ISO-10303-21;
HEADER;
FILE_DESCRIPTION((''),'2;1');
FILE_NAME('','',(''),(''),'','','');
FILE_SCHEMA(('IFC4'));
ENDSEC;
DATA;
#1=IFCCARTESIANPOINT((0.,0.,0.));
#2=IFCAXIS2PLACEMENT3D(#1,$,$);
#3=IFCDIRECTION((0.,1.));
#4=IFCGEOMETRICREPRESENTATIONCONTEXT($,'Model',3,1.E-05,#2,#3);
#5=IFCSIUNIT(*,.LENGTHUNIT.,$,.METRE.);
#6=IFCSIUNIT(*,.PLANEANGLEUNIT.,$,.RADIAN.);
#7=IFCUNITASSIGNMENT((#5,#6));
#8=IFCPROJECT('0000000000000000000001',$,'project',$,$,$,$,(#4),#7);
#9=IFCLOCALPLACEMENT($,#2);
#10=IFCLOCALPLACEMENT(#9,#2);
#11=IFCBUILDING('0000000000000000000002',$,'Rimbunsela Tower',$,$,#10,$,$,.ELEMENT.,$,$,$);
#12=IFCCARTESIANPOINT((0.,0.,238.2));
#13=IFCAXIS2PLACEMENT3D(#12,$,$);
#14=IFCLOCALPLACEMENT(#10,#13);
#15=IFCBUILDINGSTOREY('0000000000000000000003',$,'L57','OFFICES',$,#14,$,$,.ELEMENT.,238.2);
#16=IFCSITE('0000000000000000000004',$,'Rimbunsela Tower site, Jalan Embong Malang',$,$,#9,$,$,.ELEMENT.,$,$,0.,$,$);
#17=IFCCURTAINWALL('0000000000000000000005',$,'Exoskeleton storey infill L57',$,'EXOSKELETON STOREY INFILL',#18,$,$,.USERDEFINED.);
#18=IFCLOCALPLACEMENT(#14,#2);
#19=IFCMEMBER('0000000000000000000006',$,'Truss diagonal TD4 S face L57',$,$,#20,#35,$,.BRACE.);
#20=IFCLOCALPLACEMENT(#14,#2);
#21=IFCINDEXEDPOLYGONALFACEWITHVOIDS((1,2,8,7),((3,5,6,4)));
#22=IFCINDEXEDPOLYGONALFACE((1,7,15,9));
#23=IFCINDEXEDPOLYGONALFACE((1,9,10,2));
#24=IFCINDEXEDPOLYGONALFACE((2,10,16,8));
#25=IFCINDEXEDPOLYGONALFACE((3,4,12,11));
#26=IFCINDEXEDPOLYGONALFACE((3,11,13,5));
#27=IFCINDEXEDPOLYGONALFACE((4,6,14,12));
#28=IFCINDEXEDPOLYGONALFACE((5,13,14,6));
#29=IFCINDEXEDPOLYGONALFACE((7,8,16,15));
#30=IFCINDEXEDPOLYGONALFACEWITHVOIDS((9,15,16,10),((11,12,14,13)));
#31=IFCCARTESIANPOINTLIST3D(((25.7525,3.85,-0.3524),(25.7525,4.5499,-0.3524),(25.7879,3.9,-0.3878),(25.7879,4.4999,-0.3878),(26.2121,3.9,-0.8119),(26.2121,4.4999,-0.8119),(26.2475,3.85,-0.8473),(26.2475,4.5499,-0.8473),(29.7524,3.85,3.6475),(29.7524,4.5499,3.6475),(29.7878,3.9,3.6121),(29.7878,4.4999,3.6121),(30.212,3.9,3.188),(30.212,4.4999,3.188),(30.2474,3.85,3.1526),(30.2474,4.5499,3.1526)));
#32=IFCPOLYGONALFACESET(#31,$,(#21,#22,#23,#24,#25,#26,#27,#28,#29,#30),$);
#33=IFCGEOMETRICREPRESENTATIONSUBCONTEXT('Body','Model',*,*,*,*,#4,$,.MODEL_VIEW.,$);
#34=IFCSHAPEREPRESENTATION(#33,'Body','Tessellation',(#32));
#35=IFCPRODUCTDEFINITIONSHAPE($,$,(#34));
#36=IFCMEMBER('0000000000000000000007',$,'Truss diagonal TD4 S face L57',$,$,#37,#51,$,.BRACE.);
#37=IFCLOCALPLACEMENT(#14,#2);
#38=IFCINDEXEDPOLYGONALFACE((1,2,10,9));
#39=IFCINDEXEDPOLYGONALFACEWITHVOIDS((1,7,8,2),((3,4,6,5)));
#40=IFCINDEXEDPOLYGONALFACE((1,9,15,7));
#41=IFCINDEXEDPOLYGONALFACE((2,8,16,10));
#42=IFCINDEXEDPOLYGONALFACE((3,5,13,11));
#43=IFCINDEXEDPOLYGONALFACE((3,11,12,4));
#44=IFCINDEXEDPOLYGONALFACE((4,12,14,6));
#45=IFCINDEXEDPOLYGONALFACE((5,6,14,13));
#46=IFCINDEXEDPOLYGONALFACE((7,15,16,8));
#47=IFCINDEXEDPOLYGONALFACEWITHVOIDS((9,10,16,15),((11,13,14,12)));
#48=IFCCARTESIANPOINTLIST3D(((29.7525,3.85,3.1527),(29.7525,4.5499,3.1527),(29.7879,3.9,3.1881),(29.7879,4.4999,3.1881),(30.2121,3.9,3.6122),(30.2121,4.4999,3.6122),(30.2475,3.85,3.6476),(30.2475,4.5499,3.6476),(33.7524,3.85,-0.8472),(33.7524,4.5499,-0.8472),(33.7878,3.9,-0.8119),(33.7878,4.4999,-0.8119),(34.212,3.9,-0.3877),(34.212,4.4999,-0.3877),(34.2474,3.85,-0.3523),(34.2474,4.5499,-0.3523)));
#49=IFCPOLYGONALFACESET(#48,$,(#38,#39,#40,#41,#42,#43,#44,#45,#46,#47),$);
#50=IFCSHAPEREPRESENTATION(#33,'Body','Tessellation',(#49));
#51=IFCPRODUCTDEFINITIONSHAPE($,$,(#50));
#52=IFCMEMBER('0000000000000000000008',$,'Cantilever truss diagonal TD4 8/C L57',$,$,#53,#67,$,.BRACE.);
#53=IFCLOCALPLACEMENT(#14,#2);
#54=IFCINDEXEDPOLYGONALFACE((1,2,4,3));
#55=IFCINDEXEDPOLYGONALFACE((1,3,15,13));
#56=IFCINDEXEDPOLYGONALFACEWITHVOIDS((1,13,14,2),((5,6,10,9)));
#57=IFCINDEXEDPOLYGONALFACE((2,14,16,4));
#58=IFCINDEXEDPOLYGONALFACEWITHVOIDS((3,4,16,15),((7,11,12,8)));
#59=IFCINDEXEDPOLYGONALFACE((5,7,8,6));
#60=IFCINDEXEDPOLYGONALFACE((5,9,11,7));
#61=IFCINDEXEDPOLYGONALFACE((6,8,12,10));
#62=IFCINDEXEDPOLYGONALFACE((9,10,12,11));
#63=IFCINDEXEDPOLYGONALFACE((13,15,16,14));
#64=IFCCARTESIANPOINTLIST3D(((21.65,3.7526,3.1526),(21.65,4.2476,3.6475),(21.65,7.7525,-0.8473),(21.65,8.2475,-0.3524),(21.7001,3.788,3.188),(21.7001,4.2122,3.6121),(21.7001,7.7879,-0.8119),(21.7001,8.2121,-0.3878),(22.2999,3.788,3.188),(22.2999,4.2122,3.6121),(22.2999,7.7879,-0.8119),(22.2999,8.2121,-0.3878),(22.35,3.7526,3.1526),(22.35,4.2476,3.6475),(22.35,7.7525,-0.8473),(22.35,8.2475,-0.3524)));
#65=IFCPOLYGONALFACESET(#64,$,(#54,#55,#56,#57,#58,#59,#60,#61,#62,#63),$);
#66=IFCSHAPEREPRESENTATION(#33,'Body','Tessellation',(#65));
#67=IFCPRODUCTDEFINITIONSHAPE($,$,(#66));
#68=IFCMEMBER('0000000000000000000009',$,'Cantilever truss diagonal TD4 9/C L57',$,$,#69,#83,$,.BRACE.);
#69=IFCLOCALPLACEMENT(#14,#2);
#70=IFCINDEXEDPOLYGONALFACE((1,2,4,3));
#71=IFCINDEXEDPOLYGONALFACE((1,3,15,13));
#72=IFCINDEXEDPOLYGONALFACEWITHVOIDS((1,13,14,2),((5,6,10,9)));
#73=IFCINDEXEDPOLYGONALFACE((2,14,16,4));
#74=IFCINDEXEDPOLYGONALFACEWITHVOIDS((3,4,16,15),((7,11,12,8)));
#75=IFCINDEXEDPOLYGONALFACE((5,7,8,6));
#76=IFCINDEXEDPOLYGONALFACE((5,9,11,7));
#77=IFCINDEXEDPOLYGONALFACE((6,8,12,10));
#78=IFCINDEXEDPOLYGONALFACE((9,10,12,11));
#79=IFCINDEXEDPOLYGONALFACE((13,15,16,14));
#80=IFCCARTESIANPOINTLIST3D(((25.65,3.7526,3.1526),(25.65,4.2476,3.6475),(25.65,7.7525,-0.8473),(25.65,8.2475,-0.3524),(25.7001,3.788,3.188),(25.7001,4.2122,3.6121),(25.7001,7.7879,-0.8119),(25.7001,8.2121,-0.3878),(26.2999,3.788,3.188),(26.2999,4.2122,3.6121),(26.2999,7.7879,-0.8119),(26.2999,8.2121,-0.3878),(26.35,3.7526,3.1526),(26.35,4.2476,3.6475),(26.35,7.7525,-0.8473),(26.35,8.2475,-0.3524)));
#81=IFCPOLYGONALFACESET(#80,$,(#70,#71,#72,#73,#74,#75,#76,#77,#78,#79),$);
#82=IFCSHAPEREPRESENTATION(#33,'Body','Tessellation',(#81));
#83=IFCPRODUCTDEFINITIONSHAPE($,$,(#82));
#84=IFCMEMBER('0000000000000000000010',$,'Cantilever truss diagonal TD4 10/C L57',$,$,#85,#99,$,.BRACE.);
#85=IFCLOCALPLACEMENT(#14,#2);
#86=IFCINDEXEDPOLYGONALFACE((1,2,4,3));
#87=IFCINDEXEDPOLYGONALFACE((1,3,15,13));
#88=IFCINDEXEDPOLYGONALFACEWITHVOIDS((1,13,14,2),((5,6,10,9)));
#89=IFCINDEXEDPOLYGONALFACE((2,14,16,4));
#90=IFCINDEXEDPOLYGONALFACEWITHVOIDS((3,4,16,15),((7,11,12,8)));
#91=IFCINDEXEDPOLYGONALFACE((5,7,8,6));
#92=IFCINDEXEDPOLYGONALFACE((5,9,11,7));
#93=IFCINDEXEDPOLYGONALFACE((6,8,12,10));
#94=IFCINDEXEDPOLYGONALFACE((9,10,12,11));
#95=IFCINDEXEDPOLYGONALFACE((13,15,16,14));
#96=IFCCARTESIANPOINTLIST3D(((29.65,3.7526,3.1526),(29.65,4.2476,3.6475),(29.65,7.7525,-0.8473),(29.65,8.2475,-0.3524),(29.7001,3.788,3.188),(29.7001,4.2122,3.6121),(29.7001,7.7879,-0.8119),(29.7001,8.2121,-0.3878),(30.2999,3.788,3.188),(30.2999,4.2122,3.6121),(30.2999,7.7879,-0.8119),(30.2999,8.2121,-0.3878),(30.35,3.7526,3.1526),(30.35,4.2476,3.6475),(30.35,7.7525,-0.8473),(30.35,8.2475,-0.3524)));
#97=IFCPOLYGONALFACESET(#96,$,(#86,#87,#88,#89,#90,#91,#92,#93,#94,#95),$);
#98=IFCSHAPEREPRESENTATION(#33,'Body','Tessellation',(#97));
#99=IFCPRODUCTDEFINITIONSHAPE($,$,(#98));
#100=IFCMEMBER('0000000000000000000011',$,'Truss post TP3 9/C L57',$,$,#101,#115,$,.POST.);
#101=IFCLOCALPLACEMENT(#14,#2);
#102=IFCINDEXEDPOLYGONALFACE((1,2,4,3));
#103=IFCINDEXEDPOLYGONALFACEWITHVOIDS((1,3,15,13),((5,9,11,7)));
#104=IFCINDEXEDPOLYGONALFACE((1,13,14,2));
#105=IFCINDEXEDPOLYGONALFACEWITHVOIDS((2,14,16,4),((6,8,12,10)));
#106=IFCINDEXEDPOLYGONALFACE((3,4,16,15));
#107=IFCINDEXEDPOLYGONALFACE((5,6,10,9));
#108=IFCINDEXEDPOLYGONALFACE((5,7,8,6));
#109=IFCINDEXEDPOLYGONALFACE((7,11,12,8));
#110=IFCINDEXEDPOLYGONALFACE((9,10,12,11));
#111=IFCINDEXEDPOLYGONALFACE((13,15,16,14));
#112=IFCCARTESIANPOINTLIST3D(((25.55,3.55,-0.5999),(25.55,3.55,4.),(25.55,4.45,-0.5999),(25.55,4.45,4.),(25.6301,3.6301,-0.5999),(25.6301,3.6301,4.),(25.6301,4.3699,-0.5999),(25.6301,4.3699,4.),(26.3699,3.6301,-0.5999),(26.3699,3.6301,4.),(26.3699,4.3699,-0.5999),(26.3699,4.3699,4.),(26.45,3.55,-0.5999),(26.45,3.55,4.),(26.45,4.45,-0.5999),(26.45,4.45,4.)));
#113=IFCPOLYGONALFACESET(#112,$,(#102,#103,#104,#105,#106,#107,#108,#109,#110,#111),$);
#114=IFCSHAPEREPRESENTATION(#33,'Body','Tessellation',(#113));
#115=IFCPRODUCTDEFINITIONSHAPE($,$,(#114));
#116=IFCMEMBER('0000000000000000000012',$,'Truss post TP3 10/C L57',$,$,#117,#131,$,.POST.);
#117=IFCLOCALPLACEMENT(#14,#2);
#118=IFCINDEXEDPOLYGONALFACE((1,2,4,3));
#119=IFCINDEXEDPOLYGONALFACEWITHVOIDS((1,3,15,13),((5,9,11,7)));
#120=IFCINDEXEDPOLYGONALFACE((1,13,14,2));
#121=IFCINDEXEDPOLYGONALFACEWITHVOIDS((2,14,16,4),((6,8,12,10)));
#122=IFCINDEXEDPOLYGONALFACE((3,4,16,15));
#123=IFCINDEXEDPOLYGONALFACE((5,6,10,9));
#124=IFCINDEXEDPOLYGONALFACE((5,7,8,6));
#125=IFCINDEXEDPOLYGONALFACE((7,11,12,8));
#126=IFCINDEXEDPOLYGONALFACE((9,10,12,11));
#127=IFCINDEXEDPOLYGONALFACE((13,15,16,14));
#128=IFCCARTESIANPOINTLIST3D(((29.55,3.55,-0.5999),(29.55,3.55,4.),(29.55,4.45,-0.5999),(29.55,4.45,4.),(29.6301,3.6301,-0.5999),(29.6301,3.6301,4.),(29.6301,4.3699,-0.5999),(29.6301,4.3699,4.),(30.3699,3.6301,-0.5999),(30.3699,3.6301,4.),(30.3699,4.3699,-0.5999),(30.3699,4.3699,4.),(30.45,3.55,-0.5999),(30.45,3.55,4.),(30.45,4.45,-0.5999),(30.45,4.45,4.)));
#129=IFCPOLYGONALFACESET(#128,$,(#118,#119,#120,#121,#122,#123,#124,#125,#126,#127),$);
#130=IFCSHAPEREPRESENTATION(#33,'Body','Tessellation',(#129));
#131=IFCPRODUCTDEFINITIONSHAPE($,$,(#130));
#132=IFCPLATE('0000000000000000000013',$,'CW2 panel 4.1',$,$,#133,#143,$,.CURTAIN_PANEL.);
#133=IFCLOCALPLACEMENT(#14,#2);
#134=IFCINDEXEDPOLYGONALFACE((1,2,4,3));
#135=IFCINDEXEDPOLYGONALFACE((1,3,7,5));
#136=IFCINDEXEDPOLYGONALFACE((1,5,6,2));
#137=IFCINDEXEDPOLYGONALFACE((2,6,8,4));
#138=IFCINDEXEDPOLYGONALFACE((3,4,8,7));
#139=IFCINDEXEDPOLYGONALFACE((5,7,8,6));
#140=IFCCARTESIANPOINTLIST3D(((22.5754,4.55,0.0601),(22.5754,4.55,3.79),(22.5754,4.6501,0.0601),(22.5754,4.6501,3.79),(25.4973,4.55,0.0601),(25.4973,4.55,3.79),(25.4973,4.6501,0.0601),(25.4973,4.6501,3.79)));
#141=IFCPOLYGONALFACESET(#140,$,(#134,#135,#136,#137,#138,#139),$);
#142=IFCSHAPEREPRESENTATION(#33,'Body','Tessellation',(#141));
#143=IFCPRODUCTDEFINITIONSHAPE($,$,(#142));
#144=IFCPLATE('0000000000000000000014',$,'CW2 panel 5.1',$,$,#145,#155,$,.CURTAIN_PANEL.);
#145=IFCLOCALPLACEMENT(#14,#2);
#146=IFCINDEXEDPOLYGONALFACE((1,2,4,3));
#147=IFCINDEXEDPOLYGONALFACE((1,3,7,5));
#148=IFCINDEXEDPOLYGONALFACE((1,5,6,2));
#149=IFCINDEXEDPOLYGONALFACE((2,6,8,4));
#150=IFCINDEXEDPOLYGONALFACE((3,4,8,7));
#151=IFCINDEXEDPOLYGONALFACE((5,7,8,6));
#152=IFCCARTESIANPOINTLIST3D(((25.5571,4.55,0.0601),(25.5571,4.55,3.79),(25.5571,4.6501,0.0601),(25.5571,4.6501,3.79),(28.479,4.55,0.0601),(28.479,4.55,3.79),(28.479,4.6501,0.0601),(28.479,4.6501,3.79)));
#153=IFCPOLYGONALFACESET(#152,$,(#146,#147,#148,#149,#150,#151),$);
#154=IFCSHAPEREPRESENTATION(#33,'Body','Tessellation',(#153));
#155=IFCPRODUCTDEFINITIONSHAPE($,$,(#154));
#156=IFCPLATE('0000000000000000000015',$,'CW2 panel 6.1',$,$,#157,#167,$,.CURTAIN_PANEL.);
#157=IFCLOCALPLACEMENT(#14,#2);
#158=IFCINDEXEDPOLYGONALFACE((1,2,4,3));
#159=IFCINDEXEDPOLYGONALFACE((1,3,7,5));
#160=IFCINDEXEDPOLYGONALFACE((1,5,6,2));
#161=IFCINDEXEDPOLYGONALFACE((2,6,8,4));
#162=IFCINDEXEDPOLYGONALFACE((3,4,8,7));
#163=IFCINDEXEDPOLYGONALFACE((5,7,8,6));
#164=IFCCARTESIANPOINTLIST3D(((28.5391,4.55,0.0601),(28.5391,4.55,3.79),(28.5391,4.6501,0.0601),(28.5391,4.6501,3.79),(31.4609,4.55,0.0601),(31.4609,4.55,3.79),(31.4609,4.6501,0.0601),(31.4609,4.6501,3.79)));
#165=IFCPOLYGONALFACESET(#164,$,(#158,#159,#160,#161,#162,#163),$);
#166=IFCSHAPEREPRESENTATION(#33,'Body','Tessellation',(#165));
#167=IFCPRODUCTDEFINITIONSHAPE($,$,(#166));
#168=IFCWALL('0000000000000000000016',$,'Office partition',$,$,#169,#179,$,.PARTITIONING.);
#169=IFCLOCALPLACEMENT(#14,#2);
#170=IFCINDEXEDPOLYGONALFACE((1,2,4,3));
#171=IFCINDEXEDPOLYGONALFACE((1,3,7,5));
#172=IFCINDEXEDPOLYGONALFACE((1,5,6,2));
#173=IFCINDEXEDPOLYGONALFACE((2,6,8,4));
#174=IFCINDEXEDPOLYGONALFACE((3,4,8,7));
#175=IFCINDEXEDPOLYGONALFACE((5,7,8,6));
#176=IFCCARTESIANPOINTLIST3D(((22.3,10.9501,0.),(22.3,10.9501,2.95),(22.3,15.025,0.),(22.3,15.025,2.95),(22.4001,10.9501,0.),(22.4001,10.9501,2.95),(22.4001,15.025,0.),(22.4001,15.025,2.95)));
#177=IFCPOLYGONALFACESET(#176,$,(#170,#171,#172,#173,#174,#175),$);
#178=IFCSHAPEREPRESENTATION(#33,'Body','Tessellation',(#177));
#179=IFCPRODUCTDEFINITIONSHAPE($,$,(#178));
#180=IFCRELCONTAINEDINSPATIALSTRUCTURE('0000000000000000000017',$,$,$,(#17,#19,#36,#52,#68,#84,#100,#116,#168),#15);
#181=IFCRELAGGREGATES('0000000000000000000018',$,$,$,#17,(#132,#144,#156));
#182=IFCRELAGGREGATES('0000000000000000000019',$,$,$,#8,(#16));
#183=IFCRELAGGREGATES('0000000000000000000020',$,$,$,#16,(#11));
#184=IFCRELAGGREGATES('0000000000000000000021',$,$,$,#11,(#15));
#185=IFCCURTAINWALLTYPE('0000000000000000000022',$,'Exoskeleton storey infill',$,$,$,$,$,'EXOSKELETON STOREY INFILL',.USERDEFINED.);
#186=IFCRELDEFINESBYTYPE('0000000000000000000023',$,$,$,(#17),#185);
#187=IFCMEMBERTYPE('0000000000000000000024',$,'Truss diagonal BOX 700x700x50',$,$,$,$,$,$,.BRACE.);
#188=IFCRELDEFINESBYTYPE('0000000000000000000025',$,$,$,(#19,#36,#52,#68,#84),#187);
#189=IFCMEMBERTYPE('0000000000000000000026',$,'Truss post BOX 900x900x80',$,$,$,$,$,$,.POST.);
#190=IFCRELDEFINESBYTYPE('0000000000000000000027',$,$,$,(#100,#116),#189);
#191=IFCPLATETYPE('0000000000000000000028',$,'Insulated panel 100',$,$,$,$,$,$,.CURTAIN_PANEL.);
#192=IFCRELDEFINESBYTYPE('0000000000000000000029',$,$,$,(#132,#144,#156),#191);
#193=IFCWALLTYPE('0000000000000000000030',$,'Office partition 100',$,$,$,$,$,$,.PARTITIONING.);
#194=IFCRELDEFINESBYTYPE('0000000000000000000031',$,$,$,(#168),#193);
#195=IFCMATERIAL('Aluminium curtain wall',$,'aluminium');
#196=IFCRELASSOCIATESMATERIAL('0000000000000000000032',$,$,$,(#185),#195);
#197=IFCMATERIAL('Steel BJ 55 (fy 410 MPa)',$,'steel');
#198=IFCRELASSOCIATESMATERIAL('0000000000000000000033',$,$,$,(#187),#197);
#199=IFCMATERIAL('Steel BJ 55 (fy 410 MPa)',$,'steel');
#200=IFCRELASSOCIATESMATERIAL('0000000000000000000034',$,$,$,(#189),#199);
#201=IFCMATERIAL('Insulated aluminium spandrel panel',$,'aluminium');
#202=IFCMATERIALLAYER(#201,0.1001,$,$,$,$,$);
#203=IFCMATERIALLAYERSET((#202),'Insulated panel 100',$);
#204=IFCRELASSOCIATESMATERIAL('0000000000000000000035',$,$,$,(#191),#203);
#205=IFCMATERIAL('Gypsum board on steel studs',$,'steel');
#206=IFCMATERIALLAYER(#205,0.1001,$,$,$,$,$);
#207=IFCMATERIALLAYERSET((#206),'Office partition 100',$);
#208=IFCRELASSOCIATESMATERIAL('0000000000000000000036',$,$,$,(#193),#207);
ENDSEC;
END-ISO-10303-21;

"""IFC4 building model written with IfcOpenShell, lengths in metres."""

from ifc_helpers import new_model, si_unit, direction, frame, frame_2d, origin, origin_2d, place, context, subcontext, project, spatial, rectangle, hollow_rectangle, extrude, material, layer, layer_set, material_profile, profile_set, type_object, element, aggregate, save


model = new_model("IFC4")

# Units and contexts
model_context = context("Model", 3, precision=1e-05, world=origin(), true_north=direction((0.0, 1.0)))
body_context = subcontext(model_context, "Body", "Model", "MODEL_VIEW")
ifc_project = project(units=[si_unit("LENGTHUNIT", "METRE"), si_unit("PLANEANGLEUNIT", "RADIAN")], contexts=[model_context])

# Site, building, storey
site_placement = place(None, origin())
site = spatial("IfcSite", under=ifc_project, at=site_placement, Name="Rimbunsela Tower site, Jalan Embong Malang", CompositionType="ELEMENT", RefElevation=0.0)
building_placement = place(site_placement, origin())
building = spatial("IfcBuilding", under=site, at=building_placement, Name="Rimbunsela Tower", CompositionType="ELEMENT")
storey_placement = place(building_placement, frame((0.0, 0.0, 238.2)))
storey = spatial("IfcBuildingStorey", under=building, at=storey_placement, Name="L57", Description="OFFICES", CompositionType="ELEMENT", Elevation=238.2)

# Curtain wall
ifc_material_1 = material(Name="Aluminium curtain wall", Category="aluminium")
curtain_wall_type = type_object("IfcCurtainWallType", Name="Exoskeleton storey infill", ElementType="EXOSKELETON STOREY INFILL", PredefinedType="USERDEFINED", material=ifc_material_1)
curtain_wall_placement = place(storey_placement, origin())
curtain_wall = element("IfcCurtainWall", 1, at=curtain_wall_placement, inside=storey, type_object=curtain_wall_type, Name="Exoskeleton storey infill L57", ObjectType="EXOSKELETON STOREY INFILL", PredefinedType="USERDEFINED")

# Members
ifc_material_2 = material(Name="Steel BJ 55 (fy 410 MPa)", Category="steel")
ifc_material_profile_1 = material_profile(ifc_material_2, hollow_rectangle(XDim=0.7, YDim=0.7, WallThickness=0.05, at=origin_2d()), Name="BOX 700x700x50")
ifc_profile_set_1 = profile_set([ifc_material_profile_1], Name="Steel BJ 55 (fy 410 MPa)")
member_type_1 = type_object("IfcMemberType", Name="Truss diagonal BOX 700x700x50", PredefinedType="BRACE", material=ifc_profile_set_1)
for number, where, z_axis, x_axis, name in (
    (2, (26.0, 4.2, -0.5999), (0.707107, 0.0, 0.707107), (0.0, 1.0, 0.0), "Truss diagonal TD4 S face L57"),
    (3, (30.0, 4.2, 3.4001), (0.707107, 0.0, -0.707107), (0.0, 1.0, 0.0), "Truss diagonal TD4 S face L57"),
    (4, (22.0, 8.0, -0.5999), (0.0, -0.707107, 0.707107), (1.0, 0.0, 0.0), "Cantilever truss diagonal TD4 8/C L57"),
    (5, (26.0, 8.0, -0.5999), (0.0, -0.707107, 0.707107), (1.0, 0.0, 0.0), "Cantilever truss diagonal TD4 9/C L57"),
    (6, (30.0, 8.0, -0.5999), (0.0, -0.707107, 0.707107), (1.0, 0.0, 0.0), "Cantilever truss diagonal TD4 10/C L57"),
):
    element("IfcMember", number, at=place(storey_placement, frame(where, z_axis=z_axis, x_axis=x_axis)), inside=storey, type_object=member_type_1, Name=name, PredefinedType="BRACE", context=body_context, shape_type="SweptSolid", body=[
        extrude(hollow_rectangle(XDim=0.7, YDim=0.7, WallThickness=0.05, at=origin_2d()), origin(), (0.0, 0.0, 1.0), 5.6567),
    ])
ifc_material_3 = material(Name="Steel BJ 55 (fy 410 MPa)", Category="steel")
ifc_material_profile_2 = material_profile(ifc_material_3, hollow_rectangle(XDim=0.8999, YDim=0.8999, WallThickness=0.0801, at=origin_2d()), Name="BOX 900x900x80")
ifc_profile_set_2 = profile_set([ifc_material_profile_2], Name="Steel BJ 55 (fy 410 MPa)")
member_type_2 = type_object("IfcMemberType", Name="Truss post BOX 900x900x80", PredefinedType="POST", material=ifc_profile_set_2)
for number, where, z_axis, x_axis, name in (
    (7, (26.0, 4.0, -0.5999), (0.0, 0.0, 1.0), (1.0, 0.0, 0.0), "Truss post TP3 9/C L57"),
    (8, (30.0, 4.0, -0.5999), (0.0, 0.0, 1.0), (1.0, 0.0, 0.0), "Truss post TP3 10/C L57"),
):
    element("IfcMember", number, at=place(storey_placement, frame(where, z_axis=z_axis, x_axis=x_axis)), inside=storey, type_object=member_type_2, Name=name, PredefinedType="POST", context=body_context, shape_type="SweptSolid", body=[
        extrude(hollow_rectangle(XDim=0.8999, YDim=0.8999, WallThickness=0.0801, at=origin_2d()), origin(), (0.0, 0.0, 1.0), 4.5999),
    ])

# Plates
ifc_material_4 = material(Name="Insulated aluminium spandrel panel", Category="aluminium")
ifc_layer_1 = layer(ifc_material_4, 0.1001)
ifc_layer_set_1 = layer_set([ifc_layer_1], Name="Insulated panel 100")
plate_type = type_object("IfcPlateType", Name="Insulated panel 100", PredefinedType="CURTAIN_PANEL", material=ifc_layer_set_1)
plate_1_placement = place(storey_placement, frame((24.0364, 4.6001, 0.0601), z_axis=(0.0, 0.0, 1.0), x_axis=(1.0, 0.0, 0.0)))
plate_1 = element("IfcPlate", 9, at=plate_1_placement, type_object=plate_type, Name="CW2 panel 4.1", PredefinedType="CURTAIN_PANEL", context=body_context, shape_type="SweptSolid", body=[
    extrude(rectangle(XDim=2.9219, YDim=0.1001, at=origin_2d()), origin(), (0.0, 0.0, 1.0), 3.73),
])
plate_2_placement = place(storey_placement, frame((27.0181, 4.6001, 0.0601), z_axis=(0.0, 0.0, 1.0), x_axis=(1.0, 0.0, 0.0)))
plate_2 = element("IfcPlate", 10, at=plate_2_placement, type_object=plate_type, Name="CW2 panel 5.1", PredefinedType="CURTAIN_PANEL", context=body_context, shape_type="SweptSolid", body=[
    extrude(rectangle(XDim=2.9219, YDim=0.1001, at=origin_2d()), origin(), (0.0, 0.0, 1.0), 3.73),
])
plate_3_placement = place(storey_placement, frame((30.0, 4.6001, 0.0601), z_axis=(0.0, 0.0, 1.0), x_axis=(1.0, 0.0, 0.0)))
plate_3 = element("IfcPlate", 11, at=plate_3_placement, type_object=plate_type, Name="CW2 panel 6.1", PredefinedType="CURTAIN_PANEL", context=body_context, shape_type="SweptSolid", body=[
    extrude(rectangle(XDim=2.9219, YDim=0.1001, at=origin_2d()), origin(), (0.0, 0.0, 1.0), 3.73),
])
aggregate(curtain_wall, [plate_1, plate_2, plate_3])

# Wall
ifc_material_5 = material(Name="Gypsum board on steel studs", Category="steel")
ifc_layer_2 = layer(ifc_material_5, 0.1001)
ifc_layer_set_2 = layer_set([ifc_layer_2], Name="Office partition 100")
wall_type_1 = type_object("IfcWallType", Name="Office partition 100", PredefinedType="PARTITIONING", material=ifc_layer_set_2)
wall_1_placement = place(storey_placement, frame((22.3501, 10.95, 0.0), z_axis=(0.0, 0.0, 1.0), x_axis=(0.0, 1.0, 0.0)))
element("IfcWall", 12, at=wall_1_placement, inside=storey, type_object=wall_type_1, Name="Office partition", PredefinedType="PARTITIONING", context=body_context, shape_type="SweptSolid", body=[
    extrude(rectangle(XDim=4.075, YDim=0.1001, at=frame_2d((2.0376, 0.0))), origin(), (0.0, 0.0, 1.0), 2.95),
])

save(model, "model.ifc")
